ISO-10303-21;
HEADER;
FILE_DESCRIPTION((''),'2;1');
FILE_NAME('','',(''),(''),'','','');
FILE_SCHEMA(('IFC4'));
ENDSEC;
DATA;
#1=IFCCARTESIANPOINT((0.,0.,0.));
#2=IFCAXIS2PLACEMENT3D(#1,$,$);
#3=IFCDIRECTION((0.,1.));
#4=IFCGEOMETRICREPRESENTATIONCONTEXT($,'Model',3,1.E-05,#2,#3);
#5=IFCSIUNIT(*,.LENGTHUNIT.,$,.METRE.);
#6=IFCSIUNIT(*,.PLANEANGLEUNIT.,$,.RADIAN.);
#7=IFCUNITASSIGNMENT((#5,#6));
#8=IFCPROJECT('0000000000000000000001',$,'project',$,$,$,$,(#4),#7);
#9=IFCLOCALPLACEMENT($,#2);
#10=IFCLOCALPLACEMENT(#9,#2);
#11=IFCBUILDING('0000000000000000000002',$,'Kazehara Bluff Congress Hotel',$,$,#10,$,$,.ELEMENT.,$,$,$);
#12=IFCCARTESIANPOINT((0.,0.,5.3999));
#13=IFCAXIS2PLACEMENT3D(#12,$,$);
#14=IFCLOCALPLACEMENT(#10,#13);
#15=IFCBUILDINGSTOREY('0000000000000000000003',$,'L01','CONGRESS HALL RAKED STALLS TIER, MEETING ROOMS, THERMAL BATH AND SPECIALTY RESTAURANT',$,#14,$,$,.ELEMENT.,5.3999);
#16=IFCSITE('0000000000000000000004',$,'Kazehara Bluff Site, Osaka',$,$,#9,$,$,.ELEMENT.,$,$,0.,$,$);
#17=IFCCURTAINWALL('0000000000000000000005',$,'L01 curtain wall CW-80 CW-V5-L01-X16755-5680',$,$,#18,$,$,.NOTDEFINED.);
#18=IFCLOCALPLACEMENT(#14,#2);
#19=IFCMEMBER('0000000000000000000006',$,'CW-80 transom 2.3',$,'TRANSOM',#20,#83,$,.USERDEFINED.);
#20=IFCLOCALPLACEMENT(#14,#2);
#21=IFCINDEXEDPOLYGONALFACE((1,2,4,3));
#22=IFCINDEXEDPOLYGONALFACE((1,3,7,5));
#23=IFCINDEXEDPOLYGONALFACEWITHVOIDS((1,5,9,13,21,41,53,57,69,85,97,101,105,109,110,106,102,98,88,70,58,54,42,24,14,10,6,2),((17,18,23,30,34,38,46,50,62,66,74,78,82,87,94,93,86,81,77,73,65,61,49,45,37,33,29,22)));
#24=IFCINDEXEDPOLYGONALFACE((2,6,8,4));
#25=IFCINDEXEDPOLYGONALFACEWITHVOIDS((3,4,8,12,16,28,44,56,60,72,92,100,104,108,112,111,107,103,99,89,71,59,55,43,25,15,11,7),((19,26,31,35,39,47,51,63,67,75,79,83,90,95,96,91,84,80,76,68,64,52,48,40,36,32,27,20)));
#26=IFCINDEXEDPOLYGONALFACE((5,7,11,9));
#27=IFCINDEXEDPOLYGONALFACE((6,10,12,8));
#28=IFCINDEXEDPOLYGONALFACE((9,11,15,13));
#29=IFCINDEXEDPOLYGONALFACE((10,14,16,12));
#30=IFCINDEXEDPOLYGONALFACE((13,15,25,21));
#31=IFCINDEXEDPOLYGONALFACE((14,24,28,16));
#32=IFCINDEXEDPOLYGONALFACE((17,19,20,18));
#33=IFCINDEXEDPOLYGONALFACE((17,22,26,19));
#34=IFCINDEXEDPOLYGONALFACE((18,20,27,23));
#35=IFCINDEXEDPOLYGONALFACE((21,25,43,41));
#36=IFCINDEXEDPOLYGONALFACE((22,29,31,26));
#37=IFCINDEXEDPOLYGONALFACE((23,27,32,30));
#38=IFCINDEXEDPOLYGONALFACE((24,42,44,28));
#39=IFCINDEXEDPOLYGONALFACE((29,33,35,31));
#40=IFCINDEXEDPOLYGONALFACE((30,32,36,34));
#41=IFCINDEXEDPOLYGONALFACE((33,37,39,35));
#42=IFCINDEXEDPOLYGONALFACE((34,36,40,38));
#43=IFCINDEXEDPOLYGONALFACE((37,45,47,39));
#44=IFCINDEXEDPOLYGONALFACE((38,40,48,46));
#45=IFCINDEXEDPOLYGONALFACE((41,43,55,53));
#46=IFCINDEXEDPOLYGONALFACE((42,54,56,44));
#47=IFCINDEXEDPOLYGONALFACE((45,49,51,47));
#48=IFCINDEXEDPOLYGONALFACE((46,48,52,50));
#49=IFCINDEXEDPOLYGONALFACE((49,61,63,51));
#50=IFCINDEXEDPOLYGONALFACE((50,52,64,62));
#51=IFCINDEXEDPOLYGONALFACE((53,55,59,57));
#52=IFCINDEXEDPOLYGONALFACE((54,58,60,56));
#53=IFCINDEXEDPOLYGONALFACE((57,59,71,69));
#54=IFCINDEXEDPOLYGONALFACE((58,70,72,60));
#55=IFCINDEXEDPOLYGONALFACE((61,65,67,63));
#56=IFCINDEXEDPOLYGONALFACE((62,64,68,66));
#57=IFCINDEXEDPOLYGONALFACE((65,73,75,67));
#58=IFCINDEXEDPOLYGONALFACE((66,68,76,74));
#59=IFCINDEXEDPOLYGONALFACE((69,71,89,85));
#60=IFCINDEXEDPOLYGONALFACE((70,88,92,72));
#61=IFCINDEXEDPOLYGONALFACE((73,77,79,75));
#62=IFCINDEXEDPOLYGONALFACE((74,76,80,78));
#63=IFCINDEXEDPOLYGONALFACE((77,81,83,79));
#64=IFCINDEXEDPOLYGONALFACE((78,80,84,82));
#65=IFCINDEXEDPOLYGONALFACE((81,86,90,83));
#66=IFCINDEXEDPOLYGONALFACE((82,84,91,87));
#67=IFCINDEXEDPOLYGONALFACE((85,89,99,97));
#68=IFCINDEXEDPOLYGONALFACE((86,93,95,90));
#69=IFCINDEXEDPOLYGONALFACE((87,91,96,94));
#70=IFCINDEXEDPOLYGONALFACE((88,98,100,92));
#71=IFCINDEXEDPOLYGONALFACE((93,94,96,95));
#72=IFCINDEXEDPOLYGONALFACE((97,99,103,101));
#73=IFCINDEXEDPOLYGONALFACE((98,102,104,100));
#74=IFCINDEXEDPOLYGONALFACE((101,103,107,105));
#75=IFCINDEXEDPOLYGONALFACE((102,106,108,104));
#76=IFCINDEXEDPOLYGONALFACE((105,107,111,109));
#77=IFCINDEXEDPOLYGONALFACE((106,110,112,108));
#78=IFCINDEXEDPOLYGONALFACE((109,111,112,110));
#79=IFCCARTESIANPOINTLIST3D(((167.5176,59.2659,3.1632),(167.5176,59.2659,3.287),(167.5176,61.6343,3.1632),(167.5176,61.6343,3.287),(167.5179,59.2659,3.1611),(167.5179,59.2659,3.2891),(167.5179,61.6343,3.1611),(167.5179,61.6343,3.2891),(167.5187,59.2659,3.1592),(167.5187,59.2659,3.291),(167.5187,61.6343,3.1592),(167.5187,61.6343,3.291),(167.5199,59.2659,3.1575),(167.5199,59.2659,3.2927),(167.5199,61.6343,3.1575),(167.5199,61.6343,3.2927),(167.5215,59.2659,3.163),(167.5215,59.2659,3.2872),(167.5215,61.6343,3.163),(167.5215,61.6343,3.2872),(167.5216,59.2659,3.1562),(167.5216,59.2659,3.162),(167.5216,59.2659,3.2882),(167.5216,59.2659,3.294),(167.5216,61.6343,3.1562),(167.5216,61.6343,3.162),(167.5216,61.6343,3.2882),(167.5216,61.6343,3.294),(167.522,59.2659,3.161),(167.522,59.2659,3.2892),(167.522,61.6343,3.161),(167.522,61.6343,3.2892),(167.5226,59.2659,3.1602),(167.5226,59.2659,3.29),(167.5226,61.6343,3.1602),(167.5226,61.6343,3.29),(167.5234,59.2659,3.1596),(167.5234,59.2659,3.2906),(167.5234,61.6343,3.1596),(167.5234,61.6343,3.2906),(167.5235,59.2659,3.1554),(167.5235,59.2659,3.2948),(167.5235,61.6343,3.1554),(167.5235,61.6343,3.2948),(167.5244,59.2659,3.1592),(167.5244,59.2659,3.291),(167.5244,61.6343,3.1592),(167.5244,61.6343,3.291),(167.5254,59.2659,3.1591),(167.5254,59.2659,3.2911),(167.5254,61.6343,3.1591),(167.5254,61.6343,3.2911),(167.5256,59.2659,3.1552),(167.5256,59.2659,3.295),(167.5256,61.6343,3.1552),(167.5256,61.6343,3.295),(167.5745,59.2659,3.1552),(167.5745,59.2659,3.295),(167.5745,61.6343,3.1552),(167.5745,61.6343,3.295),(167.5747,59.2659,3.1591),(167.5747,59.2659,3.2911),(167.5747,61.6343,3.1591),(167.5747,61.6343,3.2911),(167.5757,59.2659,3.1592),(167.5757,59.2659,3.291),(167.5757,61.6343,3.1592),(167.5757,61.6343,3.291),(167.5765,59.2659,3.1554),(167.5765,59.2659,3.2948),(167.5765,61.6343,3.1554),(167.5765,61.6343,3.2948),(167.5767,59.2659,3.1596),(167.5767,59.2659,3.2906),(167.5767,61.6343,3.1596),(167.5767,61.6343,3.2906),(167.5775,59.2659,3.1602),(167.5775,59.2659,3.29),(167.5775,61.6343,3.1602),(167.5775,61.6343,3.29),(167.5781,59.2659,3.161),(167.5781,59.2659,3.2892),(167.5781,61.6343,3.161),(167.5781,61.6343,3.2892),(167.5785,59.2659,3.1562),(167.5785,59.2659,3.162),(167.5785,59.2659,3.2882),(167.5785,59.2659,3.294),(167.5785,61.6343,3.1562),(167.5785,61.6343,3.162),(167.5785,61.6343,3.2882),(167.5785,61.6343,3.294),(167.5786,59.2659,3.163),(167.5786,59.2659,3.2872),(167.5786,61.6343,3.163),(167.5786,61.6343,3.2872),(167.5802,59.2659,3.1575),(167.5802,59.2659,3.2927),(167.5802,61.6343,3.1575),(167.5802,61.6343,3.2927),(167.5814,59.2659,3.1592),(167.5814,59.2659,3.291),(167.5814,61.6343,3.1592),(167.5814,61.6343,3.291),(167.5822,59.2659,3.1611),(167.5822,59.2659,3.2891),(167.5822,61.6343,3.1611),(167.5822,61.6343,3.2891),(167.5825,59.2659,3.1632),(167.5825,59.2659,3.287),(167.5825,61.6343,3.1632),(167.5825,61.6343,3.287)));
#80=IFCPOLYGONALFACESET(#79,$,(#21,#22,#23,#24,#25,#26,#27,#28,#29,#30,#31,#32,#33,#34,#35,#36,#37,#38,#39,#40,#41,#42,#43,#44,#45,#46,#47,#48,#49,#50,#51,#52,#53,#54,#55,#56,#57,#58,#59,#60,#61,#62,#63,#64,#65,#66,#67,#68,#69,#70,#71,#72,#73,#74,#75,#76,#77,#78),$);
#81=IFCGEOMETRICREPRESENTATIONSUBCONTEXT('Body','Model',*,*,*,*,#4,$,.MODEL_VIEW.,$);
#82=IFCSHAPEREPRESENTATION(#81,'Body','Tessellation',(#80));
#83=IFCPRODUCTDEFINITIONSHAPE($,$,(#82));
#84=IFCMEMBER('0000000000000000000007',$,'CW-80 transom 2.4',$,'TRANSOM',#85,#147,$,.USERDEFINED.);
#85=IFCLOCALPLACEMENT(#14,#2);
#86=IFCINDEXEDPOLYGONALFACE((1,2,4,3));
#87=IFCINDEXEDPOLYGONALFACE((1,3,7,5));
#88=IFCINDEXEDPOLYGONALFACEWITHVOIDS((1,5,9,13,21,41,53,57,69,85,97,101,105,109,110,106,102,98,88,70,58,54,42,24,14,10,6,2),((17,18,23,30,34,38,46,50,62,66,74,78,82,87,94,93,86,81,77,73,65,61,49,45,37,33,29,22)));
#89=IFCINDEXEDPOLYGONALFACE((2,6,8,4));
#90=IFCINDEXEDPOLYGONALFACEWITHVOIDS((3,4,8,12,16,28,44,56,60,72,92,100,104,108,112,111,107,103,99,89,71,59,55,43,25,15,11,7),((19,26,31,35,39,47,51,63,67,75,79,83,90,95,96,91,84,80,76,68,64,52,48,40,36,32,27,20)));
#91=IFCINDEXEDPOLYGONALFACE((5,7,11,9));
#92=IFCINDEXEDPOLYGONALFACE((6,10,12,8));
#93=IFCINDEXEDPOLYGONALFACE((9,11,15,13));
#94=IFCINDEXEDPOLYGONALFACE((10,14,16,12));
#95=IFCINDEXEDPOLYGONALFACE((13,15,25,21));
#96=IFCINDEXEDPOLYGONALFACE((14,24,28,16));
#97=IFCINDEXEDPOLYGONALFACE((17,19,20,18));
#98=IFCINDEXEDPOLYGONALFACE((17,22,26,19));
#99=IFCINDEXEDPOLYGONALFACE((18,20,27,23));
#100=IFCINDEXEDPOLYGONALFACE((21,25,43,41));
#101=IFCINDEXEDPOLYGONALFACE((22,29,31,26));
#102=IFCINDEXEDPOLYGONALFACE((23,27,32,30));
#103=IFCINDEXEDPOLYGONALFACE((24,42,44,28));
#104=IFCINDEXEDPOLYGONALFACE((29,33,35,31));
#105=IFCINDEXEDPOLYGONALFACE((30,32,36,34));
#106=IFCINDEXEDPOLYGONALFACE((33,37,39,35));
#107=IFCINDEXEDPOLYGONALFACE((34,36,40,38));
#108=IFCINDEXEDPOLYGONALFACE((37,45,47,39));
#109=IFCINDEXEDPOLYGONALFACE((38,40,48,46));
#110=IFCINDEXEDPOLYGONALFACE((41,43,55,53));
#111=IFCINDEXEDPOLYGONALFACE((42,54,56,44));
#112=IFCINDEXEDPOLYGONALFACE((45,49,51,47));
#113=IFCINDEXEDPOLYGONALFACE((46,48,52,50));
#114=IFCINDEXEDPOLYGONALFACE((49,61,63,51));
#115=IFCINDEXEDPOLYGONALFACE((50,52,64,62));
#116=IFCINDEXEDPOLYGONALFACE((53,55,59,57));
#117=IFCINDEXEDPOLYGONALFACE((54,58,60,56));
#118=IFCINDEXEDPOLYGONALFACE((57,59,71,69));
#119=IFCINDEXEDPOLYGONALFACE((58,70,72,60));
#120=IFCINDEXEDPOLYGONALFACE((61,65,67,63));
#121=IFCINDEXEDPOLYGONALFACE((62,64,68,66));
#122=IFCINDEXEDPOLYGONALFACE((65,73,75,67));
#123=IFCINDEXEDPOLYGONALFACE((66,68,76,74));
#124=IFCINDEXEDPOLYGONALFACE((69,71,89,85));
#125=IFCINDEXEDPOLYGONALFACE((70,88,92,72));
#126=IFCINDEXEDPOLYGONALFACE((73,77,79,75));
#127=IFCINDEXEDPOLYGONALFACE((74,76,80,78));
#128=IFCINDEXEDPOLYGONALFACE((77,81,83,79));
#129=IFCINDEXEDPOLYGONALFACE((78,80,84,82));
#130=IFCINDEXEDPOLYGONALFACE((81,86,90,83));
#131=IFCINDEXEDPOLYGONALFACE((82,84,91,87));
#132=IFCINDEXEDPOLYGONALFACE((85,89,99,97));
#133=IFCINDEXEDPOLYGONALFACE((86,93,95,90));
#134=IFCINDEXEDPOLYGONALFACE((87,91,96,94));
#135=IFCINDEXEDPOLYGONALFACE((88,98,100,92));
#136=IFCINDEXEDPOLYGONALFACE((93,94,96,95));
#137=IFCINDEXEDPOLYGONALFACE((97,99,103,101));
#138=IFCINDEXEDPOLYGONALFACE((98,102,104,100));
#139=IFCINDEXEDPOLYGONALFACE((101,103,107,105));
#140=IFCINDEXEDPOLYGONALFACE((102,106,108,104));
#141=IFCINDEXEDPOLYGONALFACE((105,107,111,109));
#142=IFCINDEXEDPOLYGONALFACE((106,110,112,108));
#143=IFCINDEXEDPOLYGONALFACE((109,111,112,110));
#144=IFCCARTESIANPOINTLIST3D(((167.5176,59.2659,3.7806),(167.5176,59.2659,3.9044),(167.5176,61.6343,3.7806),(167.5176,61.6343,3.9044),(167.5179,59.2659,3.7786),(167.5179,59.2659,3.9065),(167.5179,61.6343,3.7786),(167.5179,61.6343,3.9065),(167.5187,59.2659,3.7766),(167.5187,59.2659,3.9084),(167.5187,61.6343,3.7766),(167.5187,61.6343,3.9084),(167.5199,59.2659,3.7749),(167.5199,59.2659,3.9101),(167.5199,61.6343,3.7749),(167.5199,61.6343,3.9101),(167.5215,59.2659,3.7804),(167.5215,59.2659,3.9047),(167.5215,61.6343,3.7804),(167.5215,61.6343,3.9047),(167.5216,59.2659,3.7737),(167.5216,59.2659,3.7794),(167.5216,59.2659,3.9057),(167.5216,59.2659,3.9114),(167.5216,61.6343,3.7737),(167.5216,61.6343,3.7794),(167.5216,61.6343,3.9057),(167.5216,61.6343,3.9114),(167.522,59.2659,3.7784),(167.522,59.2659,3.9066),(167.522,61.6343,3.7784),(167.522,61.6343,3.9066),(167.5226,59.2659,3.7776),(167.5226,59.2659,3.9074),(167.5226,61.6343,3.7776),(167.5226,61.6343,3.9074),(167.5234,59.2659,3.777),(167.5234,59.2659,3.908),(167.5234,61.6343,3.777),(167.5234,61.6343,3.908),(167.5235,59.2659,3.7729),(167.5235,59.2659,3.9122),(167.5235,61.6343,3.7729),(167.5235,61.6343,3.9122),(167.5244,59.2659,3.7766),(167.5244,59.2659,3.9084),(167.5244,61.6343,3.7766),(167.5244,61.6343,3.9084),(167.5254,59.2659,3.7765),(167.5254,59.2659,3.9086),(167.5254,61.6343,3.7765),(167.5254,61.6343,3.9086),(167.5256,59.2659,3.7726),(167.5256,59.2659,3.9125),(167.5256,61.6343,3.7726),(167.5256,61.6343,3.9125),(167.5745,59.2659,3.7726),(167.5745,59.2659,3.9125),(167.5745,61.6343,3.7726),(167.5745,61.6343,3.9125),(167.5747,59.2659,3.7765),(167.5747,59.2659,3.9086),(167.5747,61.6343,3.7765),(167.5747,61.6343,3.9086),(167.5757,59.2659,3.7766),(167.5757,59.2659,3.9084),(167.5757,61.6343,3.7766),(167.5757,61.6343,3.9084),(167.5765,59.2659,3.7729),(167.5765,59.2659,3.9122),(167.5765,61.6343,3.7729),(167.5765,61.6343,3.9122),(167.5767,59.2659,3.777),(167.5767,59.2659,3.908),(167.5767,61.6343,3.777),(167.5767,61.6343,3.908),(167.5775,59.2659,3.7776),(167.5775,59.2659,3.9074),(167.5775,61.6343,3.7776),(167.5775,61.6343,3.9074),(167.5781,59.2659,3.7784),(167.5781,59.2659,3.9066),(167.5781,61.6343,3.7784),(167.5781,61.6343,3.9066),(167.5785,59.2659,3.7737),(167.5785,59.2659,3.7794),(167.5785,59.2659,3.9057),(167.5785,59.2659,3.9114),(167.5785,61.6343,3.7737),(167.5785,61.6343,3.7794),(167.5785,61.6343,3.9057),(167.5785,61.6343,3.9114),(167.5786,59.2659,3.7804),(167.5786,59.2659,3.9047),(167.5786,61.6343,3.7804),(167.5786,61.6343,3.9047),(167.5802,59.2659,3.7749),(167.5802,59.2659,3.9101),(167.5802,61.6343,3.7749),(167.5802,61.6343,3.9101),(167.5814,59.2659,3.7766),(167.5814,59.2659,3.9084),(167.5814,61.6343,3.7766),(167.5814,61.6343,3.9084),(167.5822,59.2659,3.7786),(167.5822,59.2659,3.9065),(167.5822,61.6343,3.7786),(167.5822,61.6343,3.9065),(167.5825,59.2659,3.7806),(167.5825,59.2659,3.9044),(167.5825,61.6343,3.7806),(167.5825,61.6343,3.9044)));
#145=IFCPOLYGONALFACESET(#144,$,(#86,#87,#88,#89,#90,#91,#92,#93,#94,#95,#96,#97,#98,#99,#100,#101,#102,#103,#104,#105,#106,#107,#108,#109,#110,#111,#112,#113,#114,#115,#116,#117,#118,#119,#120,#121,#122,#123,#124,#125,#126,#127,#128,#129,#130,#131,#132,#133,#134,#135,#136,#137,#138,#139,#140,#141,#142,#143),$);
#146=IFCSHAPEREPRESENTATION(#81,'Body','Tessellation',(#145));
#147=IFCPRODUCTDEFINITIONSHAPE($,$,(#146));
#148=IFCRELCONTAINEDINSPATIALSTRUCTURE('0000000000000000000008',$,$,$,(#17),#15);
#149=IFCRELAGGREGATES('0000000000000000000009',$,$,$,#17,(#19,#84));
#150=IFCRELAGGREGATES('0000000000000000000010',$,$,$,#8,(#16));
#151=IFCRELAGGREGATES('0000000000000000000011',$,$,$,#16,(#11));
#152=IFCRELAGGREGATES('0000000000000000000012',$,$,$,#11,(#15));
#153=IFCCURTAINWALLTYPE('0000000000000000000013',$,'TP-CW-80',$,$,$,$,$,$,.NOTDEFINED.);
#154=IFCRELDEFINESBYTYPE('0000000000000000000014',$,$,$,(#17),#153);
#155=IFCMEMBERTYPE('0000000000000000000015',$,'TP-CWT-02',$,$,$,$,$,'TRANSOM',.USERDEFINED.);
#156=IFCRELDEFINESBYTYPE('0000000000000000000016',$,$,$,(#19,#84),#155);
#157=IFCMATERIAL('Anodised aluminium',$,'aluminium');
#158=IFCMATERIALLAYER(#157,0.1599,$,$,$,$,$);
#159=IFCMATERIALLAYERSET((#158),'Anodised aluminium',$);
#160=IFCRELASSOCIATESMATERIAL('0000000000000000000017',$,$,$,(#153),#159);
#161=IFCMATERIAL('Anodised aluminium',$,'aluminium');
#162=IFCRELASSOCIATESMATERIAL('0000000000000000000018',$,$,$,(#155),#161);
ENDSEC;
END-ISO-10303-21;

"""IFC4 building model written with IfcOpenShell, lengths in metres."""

from ifc_helpers import new_model, si_unit, direction, frame, origin, origin_2d, place, context, subcontext, project, spatial, hollow_rectangle, extrude, material, layer, layer_set, material_profile, profile_set, type_object, element, aggregate, save


model = new_model("IFC4")

# Units and contexts
model_context = context("Model", 3, precision=1e-05, world=origin(), true_north=direction((0.0, 1.0)))
body_context = subcontext(model_context, "Body", "Model", "MODEL_VIEW")
ifc_project = project(units=[si_unit("LENGTHUNIT", "METRE"), si_unit("PLANEANGLEUNIT", "RADIAN")], contexts=[model_context])

# Site, building, storey
site_placement = place(None, origin())
site = spatial("IfcSite", under=ifc_project, at=site_placement, Name="Kazehara Bluff Site, Osaka", CompositionType="ELEMENT", RefElevation=0.0)
building_placement = place(site_placement, origin())
building = spatial("IfcBuilding", under=site, at=building_placement, Name="Kazehara Bluff Congress Hotel", CompositionType="ELEMENT")
storey_placement = place(building_placement, frame((0.0, 0.0, 5.3999)))
storey = spatial("IfcBuildingStorey", under=building, at=storey_placement, Name="L01", Description="CONGRESS HALL RAKED STALLS TIER, MEETING ROOMS, THERMAL BATH AND SPECIALTY RESTAURANT", CompositionType="ELEMENT", Elevation=5.3999)

# Shared definitions
ifc_material_1 = material(Name="Anodised aluminium", Category="aluminium")
ifc_layer_1 = layer(ifc_material_1, 0.1599)
ifc_layer_set_1 = layer_set([ifc_layer_1], Name="Anodised aluminium")
curtain_wall_type = type_object("IfcCurtainWallType", Name="TP-CW-80", PredefinedType="NOTDEFINED", material=ifc_layer_set_1)

# Curtain wall
curtain_wall_1_placement = place(storey_placement, origin())
curtain_wall_1 = element("IfcCurtainWall", 1, at=curtain_wall_1_placement, inside=storey, type_object=curtain_wall_type, Name="L01 curtain wall CW-80 CW-V5-L01-X16755-5680", PredefinedType="NOTDEFINED")

# Members
ifc_material_2 = material(Name="Anodised aluminium", Category="aluminium")
ifc_material_profile_1 = material_profile(ifc_material_2, hollow_rectangle(XDim=0.0649, YDim=0.1399, WallThickness=0.0039, InnerFilletRadius=0.0039, OuterFilletRadius=0.0081, at=origin_2d()))
ifc_profile_set_1 = profile_set([ifc_material_profile_1], Name="Anodised aluminium")
member_type_1 = type_object("IfcMemberType", Name="TP-CWT-02", ElementType="TRANSOM", PredefinedType="USERDEFINED", material=ifc_profile_set_1)
member_1_placement = place(storey_placement, frame((167.55, 59.2659, 3.2251), z_axis=(0.0, 1.0, 0.0), x_axis=(-1.0, 0.0, 0.0)))
member_1 = element("IfcMember", 2, at=member_1_placement, type_object=member_type_1, Name="CW-80 transom 2.3", ObjectType="TRANSOM", PredefinedType="USERDEFINED", context=body_context, shape_type="SweptSolid", body=[
    extrude(hollow_rectangle(XDim=0.0649, YDim=0.1399, WallThickness=0.0039, InnerFilletRadius=0.0039, OuterFilletRadius=0.0081, at=origin_2d()), origin(), (0.0, 0.0, 1.0), 2.3684),
])
member_2_placement = place(storey_placement, frame((167.55, 59.2659, 3.8425), z_axis=(0.0, 1.0, 0.0), x_axis=(-1.0, 0.0, 0.0)))
member_2 = element("IfcMember", 3, at=member_2_placement, type_object=member_type_1, Name="CW-80 transom 2.4", ObjectType="TRANSOM", PredefinedType="USERDEFINED", context=body_context, shape_type="SweptSolid", body=[
    extrude(hollow_rectangle(XDim=0.0649, YDim=0.1399, WallThickness=0.0039, InnerFilletRadius=0.0039, OuterFilletRadius=0.0081, at=origin_2d()), origin(), (0.0, 0.0, 1.0), 2.3684),
])

aggregate(curtain_wall_1, [member_1, member_2])

save(model, "model.ifc")
